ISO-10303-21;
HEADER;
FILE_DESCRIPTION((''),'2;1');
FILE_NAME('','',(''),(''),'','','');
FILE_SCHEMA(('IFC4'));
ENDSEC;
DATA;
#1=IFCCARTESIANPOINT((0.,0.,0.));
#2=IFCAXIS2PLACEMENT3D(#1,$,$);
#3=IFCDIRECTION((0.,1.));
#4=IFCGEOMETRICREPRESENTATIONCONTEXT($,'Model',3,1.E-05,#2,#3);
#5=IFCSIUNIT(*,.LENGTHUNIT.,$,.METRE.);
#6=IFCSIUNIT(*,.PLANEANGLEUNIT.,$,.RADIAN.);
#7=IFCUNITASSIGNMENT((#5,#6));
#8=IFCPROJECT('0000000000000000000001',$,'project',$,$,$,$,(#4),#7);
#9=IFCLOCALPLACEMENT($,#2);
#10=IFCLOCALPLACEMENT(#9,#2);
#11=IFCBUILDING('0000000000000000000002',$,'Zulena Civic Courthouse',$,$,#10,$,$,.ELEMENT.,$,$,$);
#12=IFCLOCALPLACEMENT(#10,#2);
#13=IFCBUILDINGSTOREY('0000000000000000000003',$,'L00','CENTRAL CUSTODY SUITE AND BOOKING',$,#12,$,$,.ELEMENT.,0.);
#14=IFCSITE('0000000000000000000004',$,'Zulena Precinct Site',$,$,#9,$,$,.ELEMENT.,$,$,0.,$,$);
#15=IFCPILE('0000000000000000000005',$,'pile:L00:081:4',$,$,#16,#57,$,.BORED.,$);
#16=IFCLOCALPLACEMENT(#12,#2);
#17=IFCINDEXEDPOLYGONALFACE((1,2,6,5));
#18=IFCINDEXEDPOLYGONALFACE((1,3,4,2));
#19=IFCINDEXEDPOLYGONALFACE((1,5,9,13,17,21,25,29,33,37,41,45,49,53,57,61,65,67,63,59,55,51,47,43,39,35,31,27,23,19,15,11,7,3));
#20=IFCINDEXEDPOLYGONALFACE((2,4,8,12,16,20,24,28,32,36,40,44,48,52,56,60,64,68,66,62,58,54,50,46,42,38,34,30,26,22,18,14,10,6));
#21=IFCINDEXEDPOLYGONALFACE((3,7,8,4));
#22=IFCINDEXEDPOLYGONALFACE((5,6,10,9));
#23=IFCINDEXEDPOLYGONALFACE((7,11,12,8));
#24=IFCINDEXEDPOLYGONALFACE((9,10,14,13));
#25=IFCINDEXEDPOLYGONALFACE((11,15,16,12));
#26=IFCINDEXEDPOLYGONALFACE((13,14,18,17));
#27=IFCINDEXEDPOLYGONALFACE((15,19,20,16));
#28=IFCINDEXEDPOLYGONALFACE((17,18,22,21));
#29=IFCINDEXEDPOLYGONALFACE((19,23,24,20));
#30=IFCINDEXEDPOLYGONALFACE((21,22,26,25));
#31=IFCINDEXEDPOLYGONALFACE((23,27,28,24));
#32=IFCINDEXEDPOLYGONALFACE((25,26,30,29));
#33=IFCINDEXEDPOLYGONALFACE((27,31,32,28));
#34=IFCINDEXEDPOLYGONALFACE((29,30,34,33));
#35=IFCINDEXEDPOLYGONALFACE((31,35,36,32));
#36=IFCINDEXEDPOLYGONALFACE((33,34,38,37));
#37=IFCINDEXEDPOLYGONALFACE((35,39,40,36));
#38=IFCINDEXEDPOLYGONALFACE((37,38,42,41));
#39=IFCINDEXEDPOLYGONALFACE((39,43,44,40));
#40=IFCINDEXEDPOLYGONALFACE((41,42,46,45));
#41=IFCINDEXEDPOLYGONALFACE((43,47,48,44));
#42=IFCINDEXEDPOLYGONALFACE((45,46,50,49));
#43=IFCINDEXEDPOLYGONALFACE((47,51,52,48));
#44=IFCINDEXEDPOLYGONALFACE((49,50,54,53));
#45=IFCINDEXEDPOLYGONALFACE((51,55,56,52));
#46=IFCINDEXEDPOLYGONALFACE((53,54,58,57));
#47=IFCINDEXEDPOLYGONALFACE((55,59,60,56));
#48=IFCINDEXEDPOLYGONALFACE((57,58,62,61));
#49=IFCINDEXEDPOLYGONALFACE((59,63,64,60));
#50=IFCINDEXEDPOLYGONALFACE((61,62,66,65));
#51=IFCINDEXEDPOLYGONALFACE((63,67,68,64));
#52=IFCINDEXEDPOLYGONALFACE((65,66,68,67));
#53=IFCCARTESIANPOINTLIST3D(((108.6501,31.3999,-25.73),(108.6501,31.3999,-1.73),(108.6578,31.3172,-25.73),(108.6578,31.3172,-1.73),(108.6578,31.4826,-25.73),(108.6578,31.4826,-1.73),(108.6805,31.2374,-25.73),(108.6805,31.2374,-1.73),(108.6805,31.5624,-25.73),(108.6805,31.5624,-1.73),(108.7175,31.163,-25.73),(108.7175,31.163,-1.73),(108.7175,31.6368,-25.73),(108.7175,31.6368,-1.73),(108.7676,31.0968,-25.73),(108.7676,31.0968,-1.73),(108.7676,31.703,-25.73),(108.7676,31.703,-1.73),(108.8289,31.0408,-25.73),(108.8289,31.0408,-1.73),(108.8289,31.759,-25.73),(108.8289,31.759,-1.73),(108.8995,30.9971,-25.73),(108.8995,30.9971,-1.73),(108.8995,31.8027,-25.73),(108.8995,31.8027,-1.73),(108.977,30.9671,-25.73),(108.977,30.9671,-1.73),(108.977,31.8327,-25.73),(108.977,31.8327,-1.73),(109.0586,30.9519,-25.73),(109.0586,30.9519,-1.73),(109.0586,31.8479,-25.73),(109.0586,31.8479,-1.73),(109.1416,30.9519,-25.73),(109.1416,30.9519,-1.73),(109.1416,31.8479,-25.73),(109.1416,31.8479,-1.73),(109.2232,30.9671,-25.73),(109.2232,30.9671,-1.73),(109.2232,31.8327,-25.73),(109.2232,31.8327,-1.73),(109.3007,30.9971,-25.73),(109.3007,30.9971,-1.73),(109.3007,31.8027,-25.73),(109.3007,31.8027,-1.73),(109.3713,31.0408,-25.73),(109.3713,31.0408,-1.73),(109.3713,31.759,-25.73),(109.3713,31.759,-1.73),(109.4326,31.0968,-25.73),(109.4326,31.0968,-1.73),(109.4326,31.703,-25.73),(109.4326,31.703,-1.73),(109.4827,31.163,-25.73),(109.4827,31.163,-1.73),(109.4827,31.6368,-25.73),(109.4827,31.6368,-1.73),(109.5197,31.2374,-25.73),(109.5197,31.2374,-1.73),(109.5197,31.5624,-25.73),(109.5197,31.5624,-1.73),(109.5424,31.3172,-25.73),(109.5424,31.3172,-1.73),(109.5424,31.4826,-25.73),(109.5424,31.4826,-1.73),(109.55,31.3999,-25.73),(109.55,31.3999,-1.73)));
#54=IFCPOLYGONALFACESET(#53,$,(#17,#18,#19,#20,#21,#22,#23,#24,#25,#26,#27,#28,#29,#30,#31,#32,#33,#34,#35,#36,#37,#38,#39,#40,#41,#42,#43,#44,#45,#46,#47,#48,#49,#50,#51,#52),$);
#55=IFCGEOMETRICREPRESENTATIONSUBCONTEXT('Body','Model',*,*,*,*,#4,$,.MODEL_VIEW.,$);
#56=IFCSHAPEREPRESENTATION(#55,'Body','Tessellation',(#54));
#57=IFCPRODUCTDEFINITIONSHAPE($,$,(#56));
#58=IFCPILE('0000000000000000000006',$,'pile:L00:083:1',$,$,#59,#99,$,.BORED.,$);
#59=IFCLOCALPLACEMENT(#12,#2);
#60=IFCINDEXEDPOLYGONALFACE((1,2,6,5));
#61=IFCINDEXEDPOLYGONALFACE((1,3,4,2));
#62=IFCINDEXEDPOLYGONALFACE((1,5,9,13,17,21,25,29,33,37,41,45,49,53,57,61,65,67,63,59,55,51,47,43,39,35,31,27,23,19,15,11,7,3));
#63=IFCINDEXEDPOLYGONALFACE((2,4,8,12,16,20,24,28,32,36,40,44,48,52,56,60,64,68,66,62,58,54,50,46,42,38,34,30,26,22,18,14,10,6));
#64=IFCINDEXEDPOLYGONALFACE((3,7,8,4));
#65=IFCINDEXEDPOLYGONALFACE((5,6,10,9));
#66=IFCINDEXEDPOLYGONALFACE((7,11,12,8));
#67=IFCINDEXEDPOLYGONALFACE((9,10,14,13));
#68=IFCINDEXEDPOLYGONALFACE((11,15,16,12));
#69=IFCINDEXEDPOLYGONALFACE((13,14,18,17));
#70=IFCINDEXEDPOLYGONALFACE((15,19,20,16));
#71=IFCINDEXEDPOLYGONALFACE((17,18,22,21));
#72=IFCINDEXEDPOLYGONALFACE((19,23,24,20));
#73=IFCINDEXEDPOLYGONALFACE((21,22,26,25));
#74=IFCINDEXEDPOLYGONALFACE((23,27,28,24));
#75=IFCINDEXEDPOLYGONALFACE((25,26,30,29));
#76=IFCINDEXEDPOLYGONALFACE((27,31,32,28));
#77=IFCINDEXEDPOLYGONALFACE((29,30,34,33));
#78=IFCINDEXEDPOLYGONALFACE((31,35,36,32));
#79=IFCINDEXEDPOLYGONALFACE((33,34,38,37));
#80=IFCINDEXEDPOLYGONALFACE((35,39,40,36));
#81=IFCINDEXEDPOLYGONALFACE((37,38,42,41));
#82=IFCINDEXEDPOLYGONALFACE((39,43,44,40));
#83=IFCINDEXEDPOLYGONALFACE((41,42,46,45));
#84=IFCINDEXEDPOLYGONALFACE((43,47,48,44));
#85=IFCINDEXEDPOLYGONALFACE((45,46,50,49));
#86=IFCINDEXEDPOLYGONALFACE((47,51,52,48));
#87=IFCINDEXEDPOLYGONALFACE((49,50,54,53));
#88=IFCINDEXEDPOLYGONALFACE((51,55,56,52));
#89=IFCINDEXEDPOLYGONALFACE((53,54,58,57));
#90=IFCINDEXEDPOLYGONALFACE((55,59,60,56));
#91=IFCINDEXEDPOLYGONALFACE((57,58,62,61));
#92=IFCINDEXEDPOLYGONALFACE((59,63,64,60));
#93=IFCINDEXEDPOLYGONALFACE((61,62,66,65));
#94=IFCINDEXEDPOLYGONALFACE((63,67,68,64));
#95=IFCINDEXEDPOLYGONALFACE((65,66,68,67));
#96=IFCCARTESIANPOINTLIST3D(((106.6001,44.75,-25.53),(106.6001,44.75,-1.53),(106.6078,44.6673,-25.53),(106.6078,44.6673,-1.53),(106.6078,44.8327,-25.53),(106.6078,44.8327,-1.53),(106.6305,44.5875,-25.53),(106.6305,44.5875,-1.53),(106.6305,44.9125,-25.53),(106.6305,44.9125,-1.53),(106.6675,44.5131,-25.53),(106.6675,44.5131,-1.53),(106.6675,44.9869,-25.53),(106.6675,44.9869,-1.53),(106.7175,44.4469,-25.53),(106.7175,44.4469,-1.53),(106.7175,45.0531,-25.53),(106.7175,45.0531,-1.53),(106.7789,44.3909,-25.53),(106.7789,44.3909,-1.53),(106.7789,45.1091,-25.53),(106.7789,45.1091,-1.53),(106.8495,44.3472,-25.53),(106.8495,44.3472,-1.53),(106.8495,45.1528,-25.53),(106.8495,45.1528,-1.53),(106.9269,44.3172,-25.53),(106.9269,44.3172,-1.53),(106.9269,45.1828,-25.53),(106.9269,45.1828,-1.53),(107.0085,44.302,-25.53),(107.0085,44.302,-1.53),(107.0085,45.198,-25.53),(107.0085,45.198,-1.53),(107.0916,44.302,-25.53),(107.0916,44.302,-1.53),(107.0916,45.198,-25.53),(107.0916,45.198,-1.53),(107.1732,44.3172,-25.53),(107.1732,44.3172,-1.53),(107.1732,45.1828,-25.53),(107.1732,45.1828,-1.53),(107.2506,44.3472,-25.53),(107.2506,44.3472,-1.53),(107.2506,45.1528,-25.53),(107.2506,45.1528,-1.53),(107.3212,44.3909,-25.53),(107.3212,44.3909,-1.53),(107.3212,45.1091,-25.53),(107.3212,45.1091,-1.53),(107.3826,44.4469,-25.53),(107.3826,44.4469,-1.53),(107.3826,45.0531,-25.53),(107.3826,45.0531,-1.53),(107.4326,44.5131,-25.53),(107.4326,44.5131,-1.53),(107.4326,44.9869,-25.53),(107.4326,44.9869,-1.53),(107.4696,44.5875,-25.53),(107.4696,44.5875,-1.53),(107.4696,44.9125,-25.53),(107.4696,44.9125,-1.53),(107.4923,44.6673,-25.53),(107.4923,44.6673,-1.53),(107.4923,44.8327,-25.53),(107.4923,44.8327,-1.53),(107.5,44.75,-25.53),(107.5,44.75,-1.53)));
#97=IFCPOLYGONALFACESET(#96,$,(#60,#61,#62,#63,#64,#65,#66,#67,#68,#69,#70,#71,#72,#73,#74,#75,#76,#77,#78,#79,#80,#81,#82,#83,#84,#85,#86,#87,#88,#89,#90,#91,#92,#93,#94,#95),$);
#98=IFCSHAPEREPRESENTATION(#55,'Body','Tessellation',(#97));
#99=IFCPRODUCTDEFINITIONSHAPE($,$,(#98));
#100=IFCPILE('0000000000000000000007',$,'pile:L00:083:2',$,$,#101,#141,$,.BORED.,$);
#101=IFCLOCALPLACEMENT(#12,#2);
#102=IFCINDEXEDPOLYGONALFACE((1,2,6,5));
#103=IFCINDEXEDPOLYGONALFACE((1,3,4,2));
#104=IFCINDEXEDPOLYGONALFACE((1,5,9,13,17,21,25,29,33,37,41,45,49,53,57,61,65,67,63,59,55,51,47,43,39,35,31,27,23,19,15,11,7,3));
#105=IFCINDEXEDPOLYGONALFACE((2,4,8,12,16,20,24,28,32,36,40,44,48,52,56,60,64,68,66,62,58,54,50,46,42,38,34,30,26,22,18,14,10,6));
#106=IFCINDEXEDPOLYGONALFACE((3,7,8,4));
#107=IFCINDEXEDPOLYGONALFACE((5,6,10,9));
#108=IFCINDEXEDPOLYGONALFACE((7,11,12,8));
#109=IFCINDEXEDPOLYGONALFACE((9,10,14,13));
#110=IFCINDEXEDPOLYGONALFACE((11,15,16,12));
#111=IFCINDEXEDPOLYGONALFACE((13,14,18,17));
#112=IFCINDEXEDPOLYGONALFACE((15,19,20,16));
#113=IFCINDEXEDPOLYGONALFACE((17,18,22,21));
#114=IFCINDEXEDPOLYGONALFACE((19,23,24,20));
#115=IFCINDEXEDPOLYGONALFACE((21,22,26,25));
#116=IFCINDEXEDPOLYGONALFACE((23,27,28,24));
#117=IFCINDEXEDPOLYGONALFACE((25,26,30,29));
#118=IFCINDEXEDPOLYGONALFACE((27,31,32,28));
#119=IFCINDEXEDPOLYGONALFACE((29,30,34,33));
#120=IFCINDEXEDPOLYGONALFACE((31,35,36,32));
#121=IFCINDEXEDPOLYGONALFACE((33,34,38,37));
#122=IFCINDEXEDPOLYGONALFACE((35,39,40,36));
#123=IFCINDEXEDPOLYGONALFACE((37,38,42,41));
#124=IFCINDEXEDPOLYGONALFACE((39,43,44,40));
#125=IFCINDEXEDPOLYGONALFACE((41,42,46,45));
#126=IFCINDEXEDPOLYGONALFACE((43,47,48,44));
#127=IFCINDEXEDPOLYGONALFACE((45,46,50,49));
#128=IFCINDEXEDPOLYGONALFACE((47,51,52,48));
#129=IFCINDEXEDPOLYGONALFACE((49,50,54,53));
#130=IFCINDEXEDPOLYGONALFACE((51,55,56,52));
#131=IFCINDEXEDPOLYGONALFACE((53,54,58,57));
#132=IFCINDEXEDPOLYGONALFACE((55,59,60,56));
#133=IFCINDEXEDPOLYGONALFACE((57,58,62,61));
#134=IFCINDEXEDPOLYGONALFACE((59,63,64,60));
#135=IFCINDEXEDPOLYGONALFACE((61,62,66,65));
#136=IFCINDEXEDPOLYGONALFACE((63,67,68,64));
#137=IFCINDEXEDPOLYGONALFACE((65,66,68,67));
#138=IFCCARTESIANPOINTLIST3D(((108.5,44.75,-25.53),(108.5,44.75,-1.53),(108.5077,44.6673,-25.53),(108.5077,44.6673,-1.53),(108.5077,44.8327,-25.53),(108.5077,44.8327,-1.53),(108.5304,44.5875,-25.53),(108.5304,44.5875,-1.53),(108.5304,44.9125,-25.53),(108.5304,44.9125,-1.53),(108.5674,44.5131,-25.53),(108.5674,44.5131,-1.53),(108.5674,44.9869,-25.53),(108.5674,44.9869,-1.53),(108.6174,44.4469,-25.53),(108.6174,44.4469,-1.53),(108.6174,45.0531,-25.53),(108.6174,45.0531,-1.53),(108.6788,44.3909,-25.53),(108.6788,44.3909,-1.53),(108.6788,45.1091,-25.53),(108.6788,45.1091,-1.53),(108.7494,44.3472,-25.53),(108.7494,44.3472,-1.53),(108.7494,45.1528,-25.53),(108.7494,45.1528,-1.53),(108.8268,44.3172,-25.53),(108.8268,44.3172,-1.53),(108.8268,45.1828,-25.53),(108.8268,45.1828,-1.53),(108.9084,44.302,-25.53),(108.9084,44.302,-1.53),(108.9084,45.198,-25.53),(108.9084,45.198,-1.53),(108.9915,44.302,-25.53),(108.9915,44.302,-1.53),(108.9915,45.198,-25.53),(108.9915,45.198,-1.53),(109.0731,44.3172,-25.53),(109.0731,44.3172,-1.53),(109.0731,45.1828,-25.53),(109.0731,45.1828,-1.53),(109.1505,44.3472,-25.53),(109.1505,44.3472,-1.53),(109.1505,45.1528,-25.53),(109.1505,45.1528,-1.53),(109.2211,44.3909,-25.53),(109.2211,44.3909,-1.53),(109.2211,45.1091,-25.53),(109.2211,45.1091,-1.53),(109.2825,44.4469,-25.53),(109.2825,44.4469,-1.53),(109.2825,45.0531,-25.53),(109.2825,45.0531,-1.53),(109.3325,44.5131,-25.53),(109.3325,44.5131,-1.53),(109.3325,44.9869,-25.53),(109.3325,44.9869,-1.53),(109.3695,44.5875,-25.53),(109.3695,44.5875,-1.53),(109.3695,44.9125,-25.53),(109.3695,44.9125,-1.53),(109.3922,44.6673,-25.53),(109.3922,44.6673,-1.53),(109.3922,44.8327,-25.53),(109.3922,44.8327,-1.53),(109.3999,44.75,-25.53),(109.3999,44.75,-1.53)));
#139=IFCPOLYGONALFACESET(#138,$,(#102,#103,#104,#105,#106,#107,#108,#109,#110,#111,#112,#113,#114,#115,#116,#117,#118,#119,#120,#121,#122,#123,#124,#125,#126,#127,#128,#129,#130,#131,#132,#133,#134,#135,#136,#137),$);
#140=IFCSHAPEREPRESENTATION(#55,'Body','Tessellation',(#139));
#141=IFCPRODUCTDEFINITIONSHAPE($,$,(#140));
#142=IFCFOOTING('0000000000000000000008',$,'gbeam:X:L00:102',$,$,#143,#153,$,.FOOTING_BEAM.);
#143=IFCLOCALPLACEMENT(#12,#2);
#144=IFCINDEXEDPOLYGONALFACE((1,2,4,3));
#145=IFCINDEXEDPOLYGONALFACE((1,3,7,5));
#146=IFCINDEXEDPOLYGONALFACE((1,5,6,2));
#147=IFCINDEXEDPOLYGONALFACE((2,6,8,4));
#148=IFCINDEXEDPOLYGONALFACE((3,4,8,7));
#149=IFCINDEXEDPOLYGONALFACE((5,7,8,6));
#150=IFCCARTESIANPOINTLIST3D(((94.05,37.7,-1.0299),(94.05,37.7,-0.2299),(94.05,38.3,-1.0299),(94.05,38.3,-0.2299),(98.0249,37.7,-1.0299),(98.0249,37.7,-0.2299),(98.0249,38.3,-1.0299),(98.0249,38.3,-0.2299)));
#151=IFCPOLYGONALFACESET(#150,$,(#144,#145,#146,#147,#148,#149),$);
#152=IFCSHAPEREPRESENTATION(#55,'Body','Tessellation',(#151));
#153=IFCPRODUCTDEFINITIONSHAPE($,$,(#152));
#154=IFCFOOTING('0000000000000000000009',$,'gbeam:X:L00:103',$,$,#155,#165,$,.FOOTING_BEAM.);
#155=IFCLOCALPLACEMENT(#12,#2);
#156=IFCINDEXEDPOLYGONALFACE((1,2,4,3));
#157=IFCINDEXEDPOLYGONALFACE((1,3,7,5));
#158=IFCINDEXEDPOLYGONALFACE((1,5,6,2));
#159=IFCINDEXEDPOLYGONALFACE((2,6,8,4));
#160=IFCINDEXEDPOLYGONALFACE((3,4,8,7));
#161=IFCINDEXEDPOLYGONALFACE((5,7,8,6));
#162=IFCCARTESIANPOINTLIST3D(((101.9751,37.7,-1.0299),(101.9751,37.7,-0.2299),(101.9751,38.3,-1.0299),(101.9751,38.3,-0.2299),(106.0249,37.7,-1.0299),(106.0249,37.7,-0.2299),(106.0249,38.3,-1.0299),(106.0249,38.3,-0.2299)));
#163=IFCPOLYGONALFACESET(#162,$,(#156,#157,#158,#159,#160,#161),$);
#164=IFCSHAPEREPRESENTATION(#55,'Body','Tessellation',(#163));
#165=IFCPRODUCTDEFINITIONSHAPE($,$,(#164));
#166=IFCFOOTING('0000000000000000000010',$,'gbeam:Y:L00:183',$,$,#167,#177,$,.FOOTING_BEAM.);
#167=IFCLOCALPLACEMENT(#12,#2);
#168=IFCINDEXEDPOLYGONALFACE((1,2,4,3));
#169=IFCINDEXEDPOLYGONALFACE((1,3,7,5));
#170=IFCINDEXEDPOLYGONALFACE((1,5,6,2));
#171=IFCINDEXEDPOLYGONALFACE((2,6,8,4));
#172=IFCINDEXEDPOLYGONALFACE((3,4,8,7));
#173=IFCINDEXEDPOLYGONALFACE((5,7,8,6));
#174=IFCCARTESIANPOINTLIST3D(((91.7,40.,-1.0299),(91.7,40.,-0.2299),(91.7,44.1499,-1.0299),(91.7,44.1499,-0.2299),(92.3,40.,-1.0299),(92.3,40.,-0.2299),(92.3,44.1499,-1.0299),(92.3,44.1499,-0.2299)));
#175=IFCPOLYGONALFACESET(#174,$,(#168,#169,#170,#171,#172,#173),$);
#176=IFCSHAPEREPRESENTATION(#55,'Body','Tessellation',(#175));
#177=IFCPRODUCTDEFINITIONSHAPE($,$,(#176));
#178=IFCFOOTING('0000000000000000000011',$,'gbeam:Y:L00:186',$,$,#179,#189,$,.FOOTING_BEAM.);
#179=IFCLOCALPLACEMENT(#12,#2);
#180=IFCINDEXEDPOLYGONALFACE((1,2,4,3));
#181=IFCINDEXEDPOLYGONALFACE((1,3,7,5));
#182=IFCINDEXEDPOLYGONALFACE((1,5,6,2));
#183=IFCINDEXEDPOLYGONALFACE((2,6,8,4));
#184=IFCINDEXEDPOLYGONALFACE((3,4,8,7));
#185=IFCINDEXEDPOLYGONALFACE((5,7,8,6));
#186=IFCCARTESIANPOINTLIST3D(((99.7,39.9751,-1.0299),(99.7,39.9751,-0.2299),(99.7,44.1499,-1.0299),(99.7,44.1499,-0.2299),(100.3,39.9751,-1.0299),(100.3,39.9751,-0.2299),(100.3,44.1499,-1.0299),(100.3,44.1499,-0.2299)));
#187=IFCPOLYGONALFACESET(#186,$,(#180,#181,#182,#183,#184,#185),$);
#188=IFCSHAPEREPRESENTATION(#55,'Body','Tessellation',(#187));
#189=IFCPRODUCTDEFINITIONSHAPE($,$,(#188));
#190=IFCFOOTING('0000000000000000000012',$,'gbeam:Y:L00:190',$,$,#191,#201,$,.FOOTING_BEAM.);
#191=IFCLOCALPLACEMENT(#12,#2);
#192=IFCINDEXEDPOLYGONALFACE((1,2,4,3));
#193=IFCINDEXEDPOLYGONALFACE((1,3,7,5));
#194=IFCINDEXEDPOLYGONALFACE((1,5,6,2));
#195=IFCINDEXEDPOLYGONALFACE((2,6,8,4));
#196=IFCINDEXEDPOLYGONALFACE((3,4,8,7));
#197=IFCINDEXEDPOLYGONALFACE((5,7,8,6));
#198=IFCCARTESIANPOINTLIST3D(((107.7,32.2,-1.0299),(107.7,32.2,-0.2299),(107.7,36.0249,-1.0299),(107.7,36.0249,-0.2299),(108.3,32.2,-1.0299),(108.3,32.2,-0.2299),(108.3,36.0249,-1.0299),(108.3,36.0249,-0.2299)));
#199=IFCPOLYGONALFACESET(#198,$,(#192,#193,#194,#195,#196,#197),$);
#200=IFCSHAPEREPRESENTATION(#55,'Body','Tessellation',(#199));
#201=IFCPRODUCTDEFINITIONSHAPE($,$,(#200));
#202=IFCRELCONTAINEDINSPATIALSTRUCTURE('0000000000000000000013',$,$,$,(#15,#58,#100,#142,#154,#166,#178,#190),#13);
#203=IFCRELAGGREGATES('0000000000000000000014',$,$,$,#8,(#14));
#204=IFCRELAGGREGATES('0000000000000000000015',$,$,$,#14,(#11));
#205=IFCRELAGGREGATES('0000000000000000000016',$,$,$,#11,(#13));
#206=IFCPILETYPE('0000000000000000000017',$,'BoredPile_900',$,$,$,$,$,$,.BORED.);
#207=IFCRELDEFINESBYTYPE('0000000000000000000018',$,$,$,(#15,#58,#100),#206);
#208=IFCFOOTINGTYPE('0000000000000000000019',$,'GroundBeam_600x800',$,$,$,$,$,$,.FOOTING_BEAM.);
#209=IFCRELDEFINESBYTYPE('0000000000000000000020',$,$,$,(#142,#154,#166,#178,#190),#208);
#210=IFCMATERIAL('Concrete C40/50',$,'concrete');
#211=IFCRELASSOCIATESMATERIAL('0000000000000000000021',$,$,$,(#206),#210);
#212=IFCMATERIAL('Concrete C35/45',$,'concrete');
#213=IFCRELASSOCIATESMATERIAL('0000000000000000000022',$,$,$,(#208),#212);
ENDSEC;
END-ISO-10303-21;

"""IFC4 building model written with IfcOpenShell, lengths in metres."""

from ifc_helpers import new_model, si_unit, direction, frame, origin, origin_2d, place, context, subcontext, project, spatial, rectangle, circle, extrude, material, material_profile, profile_set, type_object, element, save


model = new_model("IFC4")

# Units and contexts
model_context = context("Model", 3, precision=1e-05, world=origin(), true_north=direction((0.0, 1.0)))
body_context = subcontext(model_context, "Body", "Model", "MODEL_VIEW")
ifc_project = project(units=[si_unit("LENGTHUNIT", "METRE"), si_unit("PLANEANGLEUNIT", "RADIAN")], contexts=[model_context])

# Site, building, storey
site_placement = place(None, origin())
site = spatial("IfcSite", under=ifc_project, at=site_placement, Name="Zulena Precinct Site", CompositionType="ELEMENT", RefElevation=0.0)
building_placement = place(site_placement, origin())
building = spatial("IfcBuilding", under=site, at=building_placement, Name="Zulena Civic Courthouse", CompositionType="ELEMENT")
storey_placement = place(building_placement, origin())
storey = spatial("IfcBuildingStorey", under=building, at=storey_placement, Name="L00", Description="CENTRAL CUSTODY SUITE AND BOOKING", CompositionType="ELEMENT", Elevation=0.0)

# Piles
ifc_material_1 = material(Name="Concrete C40/50", Category="concrete")
ifc_material_profile_1 = material_profile(ifc_material_1, circle(Radius=0.45, at=origin_2d()), Name="PILE900")
ifc_profile_set_1 = profile_set([ifc_material_profile_1], Name="Concrete C40/50")
pile_type_1 = type_object("IfcPileType", Name="BoredPile_900", PredefinedType="BORED", material=ifc_profile_set_1)
for number, where, z_axis, x_axis, name in (
    (1, (109.1001, 31.3999, -1.73), (0.0, 0.0, -1.0), (1.0, 0.0, 0.0), "pile:L00:081:4"),
    (2, (107.05, 44.75, -1.53), (0.0, 0.0, -1.0), (1.0, 0.0, 0.0), "pile:L00:083:1"),
    (3, (108.95, 44.75, -1.53), (0.0, 0.0, -1.0), (1.0, 0.0, 0.0), "pile:L00:083:2"),
):
    element("IfcPile", number, at=place(storey_placement, frame(where, z_axis=z_axis, x_axis=x_axis)), inside=storey, type_object=pile_type_1, Name=name, PredefinedType="BORED", context=body_context, shape_type="SweptSolid", body=[
        extrude(circle(Radius=0.45, at=origin_2d()), origin(), (0.0, 0.0, 1.0), 24.0),
    ])

# Footings
ifc_material_2 = material(Name="Concrete C35/45", Category="concrete")
ifc_material_profile_2 = material_profile(ifc_material_2, rectangle(XDim=0.6001, YDim=0.8, at=origin_2d()), Name="RC600X800")
ifc_profile_set_2 = profile_set([ifc_material_profile_2], Name="Concrete C35/45")
footing_type_1 = type_object("IfcFootingType", Name="GroundBeam_600x800", PredefinedType="FOOTING_BEAM", material=ifc_profile_set_2)
footing_1_placement = place(storey_placement, frame((94.05, 38.0, -0.6299), z_axis=(1.0, 0.0, 0.0), x_axis=(0.0, 1.0, 0.0)))
element("IfcFooting", 4, at=footing_1_placement, inside=storey, type_object=footing_type_1, Name="gbeam:X:L00:102", PredefinedType="FOOTING_BEAM", context=body_context, shape_type="SweptSolid", body=[
    extrude(rectangle(XDim=0.6001, YDim=0.8, at=origin_2d()), origin(), (0.0, 0.0, 1.0), 3.9749),
])
footing_2_placement = place(storey_placement, frame((101.9751, 38.0, -0.6299), z_axis=(1.0, 0.0, 0.0), x_axis=(0.0, 1.0, 0.0)))
element("IfcFooting", 5, at=footing_2_placement, inside=storey, type_object=footing_type_1, Name="gbeam:X:L00:103", PredefinedType="FOOTING_BEAM", context=body_context, shape_type="SweptSolid", body=[
    extrude(rectangle(XDim=0.6001, YDim=0.8, at=origin_2d()), origin(), (0.0, 0.0, 1.0), 4.0498),
])
footing_3_placement = place(storey_placement, frame((92.0, 40.0, -0.6299), z_axis=(0.0, 1.0, 0.0), x_axis=(-1.0, 0.0, 0.0)))
element("IfcFooting", 6, at=footing_3_placement, inside=storey, type_object=footing_type_1, Name="gbeam:Y:L00:183", PredefinedType="FOOTING_BEAM", context=body_context, shape_type="SweptSolid", body=[
    extrude(rectangle(XDim=0.6001, YDim=0.8, at=origin_2d()), origin(), (0.0, 0.0, 1.0), 4.1499),
])
footing_4_placement = place(storey_placement, frame((100.0, 39.9751, -0.6299), z_axis=(0.0, 1.0, 0.0), x_axis=(-1.0, 0.0, 0.0)))
element("IfcFooting", 7, at=footing_4_placement, inside=storey, type_object=footing_type_1, Name="gbeam:Y:L00:186", PredefinedType="FOOTING_BEAM", context=body_context, shape_type="SweptSolid", body=[
    extrude(rectangle(XDim=0.6001, YDim=0.8, at=origin_2d()), origin(), (0.0, 0.0, 1.0), 4.1748),
])
footing_5_placement = place(storey_placement, frame((108.0, 32.2, -0.6299), z_axis=(0.0, 1.0, 0.0), x_axis=(-1.0, 0.0, 0.0)))
element("IfcFooting", 8, at=footing_5_placement, inside=storey, type_object=footing_type_1, Name="gbeam:Y:L00:190", PredefinedType="FOOTING_BEAM", context=body_context, shape_type="SweptSolid", body=[
    extrude(rectangle(XDim=0.6001, YDim=0.8, at=origin_2d()), origin(), (0.0, 0.0, 1.0), 3.825),
])

save(model, "model.ifc")
